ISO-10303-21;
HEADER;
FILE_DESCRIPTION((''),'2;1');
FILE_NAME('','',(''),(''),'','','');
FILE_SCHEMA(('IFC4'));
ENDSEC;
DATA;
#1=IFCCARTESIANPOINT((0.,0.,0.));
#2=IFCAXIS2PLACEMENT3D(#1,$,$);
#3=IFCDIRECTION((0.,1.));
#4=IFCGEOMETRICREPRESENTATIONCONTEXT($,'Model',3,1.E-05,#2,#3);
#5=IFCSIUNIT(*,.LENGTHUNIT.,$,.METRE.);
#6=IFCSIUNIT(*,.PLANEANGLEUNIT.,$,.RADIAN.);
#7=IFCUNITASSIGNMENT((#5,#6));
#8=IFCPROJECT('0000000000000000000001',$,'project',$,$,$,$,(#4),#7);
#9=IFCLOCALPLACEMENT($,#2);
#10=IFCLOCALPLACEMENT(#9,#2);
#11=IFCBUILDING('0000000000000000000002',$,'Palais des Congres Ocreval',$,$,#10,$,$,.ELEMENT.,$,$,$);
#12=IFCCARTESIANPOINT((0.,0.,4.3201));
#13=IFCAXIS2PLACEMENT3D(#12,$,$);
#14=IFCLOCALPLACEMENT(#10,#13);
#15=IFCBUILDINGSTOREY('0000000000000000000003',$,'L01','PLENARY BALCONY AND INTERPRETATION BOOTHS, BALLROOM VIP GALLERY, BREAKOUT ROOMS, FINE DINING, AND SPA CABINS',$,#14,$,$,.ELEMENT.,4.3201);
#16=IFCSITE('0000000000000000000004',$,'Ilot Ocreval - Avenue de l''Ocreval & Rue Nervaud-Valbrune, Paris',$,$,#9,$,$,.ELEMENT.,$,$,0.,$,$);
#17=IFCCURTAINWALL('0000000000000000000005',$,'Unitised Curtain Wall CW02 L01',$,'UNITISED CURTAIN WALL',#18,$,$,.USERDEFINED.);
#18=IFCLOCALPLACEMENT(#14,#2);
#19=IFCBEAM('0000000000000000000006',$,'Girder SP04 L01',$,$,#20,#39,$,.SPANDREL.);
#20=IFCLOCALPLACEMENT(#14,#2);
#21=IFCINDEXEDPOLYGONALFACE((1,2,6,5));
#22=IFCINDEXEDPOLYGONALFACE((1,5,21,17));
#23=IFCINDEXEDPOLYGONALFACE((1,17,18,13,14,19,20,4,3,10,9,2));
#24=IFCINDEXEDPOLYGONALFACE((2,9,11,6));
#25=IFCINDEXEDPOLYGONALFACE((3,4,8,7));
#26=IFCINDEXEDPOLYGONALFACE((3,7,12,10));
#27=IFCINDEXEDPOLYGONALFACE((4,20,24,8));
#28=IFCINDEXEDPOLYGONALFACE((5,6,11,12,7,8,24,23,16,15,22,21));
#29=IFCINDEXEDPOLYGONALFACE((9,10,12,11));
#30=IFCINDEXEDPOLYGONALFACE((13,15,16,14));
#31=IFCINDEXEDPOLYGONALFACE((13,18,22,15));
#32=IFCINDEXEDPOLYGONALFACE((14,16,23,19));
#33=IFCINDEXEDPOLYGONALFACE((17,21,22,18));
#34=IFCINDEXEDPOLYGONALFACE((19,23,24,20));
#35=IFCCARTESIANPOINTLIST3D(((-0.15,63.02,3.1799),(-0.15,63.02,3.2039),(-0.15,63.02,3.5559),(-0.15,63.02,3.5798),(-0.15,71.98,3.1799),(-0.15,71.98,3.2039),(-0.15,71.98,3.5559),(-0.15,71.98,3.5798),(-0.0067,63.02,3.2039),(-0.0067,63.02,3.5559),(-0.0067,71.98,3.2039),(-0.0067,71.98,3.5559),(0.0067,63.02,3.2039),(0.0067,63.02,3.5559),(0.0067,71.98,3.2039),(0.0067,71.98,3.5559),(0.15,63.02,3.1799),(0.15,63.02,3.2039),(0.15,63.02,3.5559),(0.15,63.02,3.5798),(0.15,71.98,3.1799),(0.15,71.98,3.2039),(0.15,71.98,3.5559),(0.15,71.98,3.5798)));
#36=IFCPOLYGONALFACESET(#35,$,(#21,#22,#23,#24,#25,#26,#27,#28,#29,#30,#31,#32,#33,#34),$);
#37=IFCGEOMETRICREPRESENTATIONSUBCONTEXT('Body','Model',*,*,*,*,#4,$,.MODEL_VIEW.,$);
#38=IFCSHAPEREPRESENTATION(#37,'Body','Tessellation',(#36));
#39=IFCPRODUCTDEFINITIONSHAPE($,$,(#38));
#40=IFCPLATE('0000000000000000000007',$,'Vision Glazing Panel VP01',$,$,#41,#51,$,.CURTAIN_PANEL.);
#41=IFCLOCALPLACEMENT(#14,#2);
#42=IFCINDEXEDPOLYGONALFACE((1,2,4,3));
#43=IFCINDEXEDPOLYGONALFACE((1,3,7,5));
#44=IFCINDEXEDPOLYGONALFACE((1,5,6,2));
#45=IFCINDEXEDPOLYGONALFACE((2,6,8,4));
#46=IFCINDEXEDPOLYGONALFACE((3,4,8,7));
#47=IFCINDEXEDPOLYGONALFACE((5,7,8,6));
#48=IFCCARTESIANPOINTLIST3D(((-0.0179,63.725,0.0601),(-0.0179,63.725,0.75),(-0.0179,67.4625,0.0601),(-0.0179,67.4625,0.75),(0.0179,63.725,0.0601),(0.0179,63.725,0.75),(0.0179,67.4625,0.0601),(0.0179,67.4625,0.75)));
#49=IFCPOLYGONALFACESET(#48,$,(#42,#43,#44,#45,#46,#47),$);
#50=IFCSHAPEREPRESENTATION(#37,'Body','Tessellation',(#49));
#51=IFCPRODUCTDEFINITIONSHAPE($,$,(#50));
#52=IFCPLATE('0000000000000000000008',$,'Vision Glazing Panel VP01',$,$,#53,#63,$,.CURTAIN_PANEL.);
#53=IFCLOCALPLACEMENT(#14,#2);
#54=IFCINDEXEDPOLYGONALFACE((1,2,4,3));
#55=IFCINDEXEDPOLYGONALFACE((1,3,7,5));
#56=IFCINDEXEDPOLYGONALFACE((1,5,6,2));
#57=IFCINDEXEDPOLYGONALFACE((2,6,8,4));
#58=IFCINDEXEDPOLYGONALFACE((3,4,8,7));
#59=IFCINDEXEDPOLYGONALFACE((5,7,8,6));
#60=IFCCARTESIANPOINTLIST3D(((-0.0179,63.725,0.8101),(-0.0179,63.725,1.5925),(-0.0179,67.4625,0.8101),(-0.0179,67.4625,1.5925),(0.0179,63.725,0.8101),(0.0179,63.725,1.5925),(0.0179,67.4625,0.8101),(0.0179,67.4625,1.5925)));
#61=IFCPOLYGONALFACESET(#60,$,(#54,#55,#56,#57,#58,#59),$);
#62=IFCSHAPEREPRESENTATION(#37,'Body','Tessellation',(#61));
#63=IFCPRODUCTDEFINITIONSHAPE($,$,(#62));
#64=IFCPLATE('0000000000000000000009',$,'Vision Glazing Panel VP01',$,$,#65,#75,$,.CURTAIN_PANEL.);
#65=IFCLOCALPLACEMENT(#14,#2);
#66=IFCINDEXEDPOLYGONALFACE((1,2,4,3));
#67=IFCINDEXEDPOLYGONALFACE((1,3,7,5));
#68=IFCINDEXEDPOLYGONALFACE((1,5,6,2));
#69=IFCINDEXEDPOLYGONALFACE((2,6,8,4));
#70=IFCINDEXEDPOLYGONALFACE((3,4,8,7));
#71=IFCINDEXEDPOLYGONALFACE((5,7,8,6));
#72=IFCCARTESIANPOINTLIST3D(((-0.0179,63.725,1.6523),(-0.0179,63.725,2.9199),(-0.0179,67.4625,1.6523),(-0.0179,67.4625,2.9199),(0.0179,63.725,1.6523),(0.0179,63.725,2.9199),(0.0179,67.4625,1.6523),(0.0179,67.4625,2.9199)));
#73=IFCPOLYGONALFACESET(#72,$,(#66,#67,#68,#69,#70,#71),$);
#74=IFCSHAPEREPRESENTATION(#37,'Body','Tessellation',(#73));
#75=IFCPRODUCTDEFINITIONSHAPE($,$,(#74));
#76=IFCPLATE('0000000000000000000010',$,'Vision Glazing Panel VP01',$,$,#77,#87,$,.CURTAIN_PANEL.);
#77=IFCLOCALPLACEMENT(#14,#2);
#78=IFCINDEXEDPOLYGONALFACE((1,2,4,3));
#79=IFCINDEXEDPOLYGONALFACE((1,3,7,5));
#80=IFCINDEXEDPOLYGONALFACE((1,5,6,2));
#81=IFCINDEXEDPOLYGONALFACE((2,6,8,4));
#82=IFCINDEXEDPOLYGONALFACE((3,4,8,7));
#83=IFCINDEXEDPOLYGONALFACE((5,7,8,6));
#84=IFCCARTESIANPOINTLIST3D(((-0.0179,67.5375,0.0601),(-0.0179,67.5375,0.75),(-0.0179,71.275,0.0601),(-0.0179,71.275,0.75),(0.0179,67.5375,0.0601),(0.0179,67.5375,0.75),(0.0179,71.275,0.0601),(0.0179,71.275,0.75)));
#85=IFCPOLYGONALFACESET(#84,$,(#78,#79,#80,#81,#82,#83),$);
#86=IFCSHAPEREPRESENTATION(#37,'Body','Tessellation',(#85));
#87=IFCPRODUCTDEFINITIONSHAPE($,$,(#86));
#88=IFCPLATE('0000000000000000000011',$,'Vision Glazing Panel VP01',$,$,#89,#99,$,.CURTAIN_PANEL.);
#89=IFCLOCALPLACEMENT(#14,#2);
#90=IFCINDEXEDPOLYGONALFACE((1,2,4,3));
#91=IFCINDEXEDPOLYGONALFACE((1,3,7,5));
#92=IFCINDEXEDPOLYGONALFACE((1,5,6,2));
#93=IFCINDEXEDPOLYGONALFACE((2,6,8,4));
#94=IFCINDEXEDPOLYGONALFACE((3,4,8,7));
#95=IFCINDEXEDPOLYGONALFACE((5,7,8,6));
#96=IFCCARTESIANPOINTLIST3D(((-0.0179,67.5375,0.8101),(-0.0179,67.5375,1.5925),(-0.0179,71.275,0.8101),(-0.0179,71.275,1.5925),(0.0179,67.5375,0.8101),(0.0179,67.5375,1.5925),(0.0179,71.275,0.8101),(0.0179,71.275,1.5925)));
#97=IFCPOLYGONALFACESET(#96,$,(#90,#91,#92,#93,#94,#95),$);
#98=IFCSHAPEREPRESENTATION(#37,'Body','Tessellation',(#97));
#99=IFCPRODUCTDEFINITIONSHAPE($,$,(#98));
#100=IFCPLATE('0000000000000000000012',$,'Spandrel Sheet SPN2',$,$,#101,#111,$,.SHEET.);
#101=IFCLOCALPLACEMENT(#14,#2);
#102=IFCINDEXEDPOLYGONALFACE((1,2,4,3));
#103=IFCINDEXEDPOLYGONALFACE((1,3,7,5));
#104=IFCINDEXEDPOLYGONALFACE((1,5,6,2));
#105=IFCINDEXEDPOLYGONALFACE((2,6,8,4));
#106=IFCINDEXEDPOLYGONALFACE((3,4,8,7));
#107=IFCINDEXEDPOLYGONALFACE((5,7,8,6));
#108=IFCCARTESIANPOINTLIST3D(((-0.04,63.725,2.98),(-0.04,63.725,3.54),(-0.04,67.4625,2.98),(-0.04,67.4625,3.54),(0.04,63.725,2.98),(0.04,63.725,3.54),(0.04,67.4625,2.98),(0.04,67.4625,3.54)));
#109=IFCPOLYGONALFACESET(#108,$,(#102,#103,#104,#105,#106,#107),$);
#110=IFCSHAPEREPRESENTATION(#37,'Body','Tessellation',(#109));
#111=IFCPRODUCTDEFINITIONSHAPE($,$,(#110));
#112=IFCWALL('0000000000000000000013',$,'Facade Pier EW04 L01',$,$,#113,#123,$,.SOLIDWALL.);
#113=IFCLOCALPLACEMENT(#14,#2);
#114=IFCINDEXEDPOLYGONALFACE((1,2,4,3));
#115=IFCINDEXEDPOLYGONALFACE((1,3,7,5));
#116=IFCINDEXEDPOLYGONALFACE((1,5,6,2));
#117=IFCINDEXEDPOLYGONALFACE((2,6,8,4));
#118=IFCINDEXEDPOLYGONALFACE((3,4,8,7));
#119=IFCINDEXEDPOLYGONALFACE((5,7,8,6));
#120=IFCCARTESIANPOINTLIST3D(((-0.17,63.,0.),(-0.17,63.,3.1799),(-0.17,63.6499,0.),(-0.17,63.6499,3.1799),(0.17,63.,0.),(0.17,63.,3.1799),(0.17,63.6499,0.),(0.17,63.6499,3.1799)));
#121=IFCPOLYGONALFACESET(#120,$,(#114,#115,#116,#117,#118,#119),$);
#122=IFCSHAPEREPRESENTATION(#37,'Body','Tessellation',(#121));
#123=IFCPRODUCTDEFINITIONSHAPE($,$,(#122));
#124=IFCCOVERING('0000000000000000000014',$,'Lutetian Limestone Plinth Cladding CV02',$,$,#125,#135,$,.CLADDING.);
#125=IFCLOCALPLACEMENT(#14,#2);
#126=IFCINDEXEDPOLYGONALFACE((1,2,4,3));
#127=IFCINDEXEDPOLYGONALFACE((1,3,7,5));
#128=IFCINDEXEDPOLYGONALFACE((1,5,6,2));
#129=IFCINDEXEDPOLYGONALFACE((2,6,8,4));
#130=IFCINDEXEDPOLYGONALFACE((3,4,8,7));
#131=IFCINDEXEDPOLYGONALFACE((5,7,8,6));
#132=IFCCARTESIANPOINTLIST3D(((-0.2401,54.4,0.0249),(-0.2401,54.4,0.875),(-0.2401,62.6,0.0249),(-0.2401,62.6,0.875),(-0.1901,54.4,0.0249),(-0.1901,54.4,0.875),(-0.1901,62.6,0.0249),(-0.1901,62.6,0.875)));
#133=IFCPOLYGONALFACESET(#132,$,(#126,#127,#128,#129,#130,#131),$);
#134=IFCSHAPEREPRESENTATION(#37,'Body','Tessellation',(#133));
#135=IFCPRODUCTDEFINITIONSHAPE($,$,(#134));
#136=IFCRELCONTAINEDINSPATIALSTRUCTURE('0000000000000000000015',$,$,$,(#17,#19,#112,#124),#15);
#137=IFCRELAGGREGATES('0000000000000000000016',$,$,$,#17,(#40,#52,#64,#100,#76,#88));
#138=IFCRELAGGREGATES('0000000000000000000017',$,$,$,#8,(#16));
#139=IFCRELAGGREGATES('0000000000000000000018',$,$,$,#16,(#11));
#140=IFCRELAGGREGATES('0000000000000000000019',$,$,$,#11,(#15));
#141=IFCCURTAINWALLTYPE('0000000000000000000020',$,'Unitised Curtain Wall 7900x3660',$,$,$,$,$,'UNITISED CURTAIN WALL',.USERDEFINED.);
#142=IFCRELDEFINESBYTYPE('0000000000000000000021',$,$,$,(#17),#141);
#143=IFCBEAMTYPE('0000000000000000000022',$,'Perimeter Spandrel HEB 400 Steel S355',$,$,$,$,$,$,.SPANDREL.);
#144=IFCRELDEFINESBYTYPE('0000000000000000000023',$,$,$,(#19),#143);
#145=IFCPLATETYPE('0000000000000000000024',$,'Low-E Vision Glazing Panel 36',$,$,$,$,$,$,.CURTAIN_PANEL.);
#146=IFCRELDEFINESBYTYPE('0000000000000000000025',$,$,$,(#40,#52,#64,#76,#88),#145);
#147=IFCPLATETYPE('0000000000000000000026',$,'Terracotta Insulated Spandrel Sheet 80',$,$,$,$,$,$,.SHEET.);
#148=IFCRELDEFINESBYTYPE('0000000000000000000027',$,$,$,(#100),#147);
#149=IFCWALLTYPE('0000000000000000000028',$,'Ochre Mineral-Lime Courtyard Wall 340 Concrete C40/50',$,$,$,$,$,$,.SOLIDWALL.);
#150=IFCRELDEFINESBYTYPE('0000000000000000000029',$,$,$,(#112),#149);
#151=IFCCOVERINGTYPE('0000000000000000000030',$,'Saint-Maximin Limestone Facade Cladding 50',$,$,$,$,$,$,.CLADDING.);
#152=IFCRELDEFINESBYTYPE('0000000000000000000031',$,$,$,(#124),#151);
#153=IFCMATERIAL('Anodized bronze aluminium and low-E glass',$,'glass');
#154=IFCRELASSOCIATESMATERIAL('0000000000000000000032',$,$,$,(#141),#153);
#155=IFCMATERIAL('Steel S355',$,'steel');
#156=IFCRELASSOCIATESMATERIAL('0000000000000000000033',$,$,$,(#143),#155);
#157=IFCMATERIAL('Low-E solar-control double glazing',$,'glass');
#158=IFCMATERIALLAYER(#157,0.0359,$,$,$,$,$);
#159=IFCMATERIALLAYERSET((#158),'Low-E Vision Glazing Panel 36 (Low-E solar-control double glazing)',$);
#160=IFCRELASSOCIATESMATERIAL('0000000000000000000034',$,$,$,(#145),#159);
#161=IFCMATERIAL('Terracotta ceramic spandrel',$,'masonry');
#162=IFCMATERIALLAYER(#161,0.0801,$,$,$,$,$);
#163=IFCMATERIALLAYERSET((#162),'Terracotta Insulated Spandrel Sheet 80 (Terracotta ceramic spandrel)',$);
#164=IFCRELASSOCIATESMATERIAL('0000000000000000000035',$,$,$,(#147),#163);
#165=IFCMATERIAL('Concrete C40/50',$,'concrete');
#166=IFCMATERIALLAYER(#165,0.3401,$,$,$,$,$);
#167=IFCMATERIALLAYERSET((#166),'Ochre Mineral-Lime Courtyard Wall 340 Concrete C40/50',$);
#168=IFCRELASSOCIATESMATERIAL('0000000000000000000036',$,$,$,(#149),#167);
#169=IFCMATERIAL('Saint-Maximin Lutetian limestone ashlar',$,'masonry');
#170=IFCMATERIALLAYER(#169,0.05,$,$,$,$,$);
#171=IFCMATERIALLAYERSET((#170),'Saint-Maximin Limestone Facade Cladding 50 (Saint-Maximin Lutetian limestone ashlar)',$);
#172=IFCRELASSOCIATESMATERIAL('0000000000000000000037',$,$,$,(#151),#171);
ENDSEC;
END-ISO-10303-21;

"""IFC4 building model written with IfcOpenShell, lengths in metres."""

from ifc_helpers import new_model, si_unit, direction, frame, frame_2d, origin, origin_2d, place, context, subcontext, project, spatial, rectangle, i_section, extrude, material, layer, layer_set, material_profile, profile_set, type_object, element, aggregate, save


model = new_model("IFC4")

# Units and contexts
model_context = context("Model", 3, precision=1e-05, world=origin(), true_north=direction((0.0, 1.0)))
body_context = subcontext(model_context, "Body", "Model", "MODEL_VIEW")
ifc_project = project(units=[si_unit("LENGTHUNIT", "METRE"), si_unit("PLANEANGLEUNIT", "RADIAN")], contexts=[model_context])

# Site, building, storey
site_placement = place(None, origin())
site = spatial("IfcSite", under=ifc_project, at=site_placement, Name="Ilot Ocreval - Avenue de l'Ocreval & Rue Nervaud-Valbrune, Paris", CompositionType="ELEMENT", RefElevation=0.0)
building_placement = place(site_placement, origin())
building = spatial("IfcBuilding", under=site, at=building_placement, Name="Palais des Congres Ocreval", CompositionType="ELEMENT")
storey_placement = place(building_placement, frame((0.0, 0.0, 4.3201)))
storey = spatial("IfcBuildingStorey", under=building, at=storey_placement, Name="L01", Description="PLENARY BALCONY AND INTERPRETATION BOOTHS, BALLROOM VIP GALLERY, BREAKOUT ROOMS, FINE DINING, AND SPA CABINS", CompositionType="ELEMENT", Elevation=4.3201)

# Curtain wall
ifc_material_1 = material(Name="Anodized bronze aluminium and low-E glass", Category="glass")
curtain_wall_type = type_object("IfcCurtainWallType", Name="Unitised Curtain Wall 7900x3660", ElementType="UNITISED CURTAIN WALL", PredefinedType="USERDEFINED", material=ifc_material_1)
curtain_wall_placement = place(storey_placement, origin())
curtain_wall = element("IfcCurtainWall", 1, at=curtain_wall_placement, inside=storey, type_object=curtain_wall_type, Name="Unitised Curtain Wall CW02 L01", ObjectType="UNITISED CURTAIN WALL", PredefinedType="USERDEFINED")

# Beam
ifc_material_2 = material(Name="Steel S355", Category="steel")
ifc_material_profile_1 = material_profile(ifc_material_2, i_section(OverallWidth=0.3, OverallDepth=0.3999, WebThickness=0.0134, FlangeThickness=0.0239, at=origin_2d()), Name="HEB 400")
ifc_profile_set_1 = profile_set([ifc_material_profile_1], Name="Steel S355")
beam_type = type_object("IfcBeamType", Name="Perimeter Spandrel HEB 400 Steel S355", PredefinedType="SPANDREL", material=ifc_profile_set_1)
beam_placement = place(storey_placement, frame((0.0, 63.02, 3.3799), z_axis=(0.0, 1.0, 0.0), x_axis=(-1.0, 0.0, 0.0)))
element("IfcBeam", 2, at=beam_placement, inside=storey, type_object=beam_type, Name="Girder SP04 L01", PredefinedType="SPANDREL", context=body_context, shape_type="SweptSolid", body=[
    extrude(i_section(OverallWidth=0.3, OverallDepth=0.3999, WebThickness=0.0134, FlangeThickness=0.0239, at=origin_2d()), origin(), (0.0, 0.0, 1.0), 8.96),
])

# Plates
ifc_material_3 = material(Name="Low-E solar-control double glazing", Category="glass")
ifc_layer_1 = layer(ifc_material_3, 0.0359)
ifc_layer_set_1 = layer_set([ifc_layer_1], Name="Low-E Vision Glazing Panel 36 (Low-E solar-control double glazing)")
plate_type_1 = type_object("IfcPlateType", Name="Low-E Vision Glazing Panel 36", PredefinedType="CURTAIN_PANEL", material=ifc_layer_set_1)
plate_1_placement = place(storey_placement, frame((0.0, 65.5938, 0.0601), z_axis=(0.0, 0.0, 1.0), x_axis=(0.0, 1.0, 0.0)))
plate_1 = element("IfcPlate", 3, at=plate_1_placement, type_object=plate_type_1, Name="Vision Glazing Panel VP01", PredefinedType="CURTAIN_PANEL", context=body_context, shape_type="SweptSolid", body=[
    extrude(rectangle(XDim=3.7375, YDim=0.0359, at=origin_2d()), origin(), (0.0, 0.0, 1.0), 0.6899),
])
plate_2_placement = place(storey_placement, frame((0.0, 65.5938, 0.8101), z_axis=(0.0, 0.0, 1.0), x_axis=(0.0, 1.0, 0.0)))
plate_2 = element("IfcPlate", 4, at=plate_2_placement, type_object=plate_type_1, Name="Vision Glazing Panel VP01", PredefinedType="CURTAIN_PANEL", context=body_context, shape_type="SweptSolid", body=[
    extrude(rectangle(XDim=3.7375, YDim=0.0359, at=origin_2d()), origin(), (0.0, 0.0, 1.0), 0.7825),
])
plate_3_placement = place(storey_placement, frame((0.0, 65.5938, 1.6523), z_axis=(0.0, 0.0, 1.0), x_axis=(0.0, 1.0, 0.0)))
plate_3 = element("IfcPlate", 5, at=plate_3_placement, type_object=plate_type_1, Name="Vision Glazing Panel VP01", PredefinedType="CURTAIN_PANEL", context=body_context, shape_type="SweptSolid", body=[
    extrude(rectangle(XDim=3.7375, YDim=0.0359, at=origin_2d()), origin(), (0.0, 0.0, 1.0), 1.2676),
])
plate_4_placement = place(storey_placement, frame((0.0, 69.4062, 0.0601), z_axis=(0.0, 0.0, 1.0), x_axis=(0.0, 1.0, 0.0)))
plate_4 = element("IfcPlate", 6, at=plate_4_placement, type_object=plate_type_1, Name="Vision Glazing Panel VP01", PredefinedType="CURTAIN_PANEL", context=body_context, shape_type="SweptSolid", body=[
    extrude(rectangle(XDim=3.7375, YDim=0.0359, at=origin_2d()), origin(), (0.0, 0.0, 1.0), 0.6899),
])
plate_5_placement = place(storey_placement, frame((0.0, 69.4062, 0.8101), z_axis=(0.0, 0.0, 1.0), x_axis=(0.0, 1.0, 0.0)))
plate_5 = element("IfcPlate", 7, at=plate_5_placement, type_object=plate_type_1, Name="Vision Glazing Panel VP01", PredefinedType="CURTAIN_PANEL", context=body_context, shape_type="SweptSolid", body=[
    extrude(rectangle(XDim=3.7375, YDim=0.0359, at=origin_2d()), origin(), (0.0, 0.0, 1.0), 0.7825),
])
ifc_material_4 = material(Name="Terracotta ceramic spandrel", Category="masonry")
ifc_layer_2 = layer(ifc_material_4, 0.0801)
ifc_layer_set_2 = layer_set([ifc_layer_2], Name="Terracotta Insulated Spandrel Sheet 80 (Terracotta ceramic spandrel)")
plate_type_2 = type_object("IfcPlateType", Name="Terracotta Insulated Spandrel Sheet 80", PredefinedType="SHEET", material=ifc_layer_set_2)
plate_6_placement = place(storey_placement, frame((0.0, 65.5938, 2.98), z_axis=(0.0, 0.0, 1.0), x_axis=(0.0, 1.0, 0.0)))
plate_6 = element("IfcPlate", 8, at=plate_6_placement, type_object=plate_type_2, Name="Spandrel Sheet SPN2", PredefinedType="SHEET", context=body_context, shape_type="SweptSolid", body=[
    extrude(rectangle(XDim=3.7375, YDim=0.0801, at=origin_2d()), origin(), (0.0, 0.0, 1.0), 0.5601),
])
aggregate(curtain_wall, [plate_1, plate_2, plate_3, plate_6, plate_4, plate_5])

# Wall
ifc_material_5 = material(Name="Concrete C40/50", Category="concrete")
ifc_layer_3 = layer(ifc_material_5, 0.3401)
ifc_layer_set_3 = layer_set([ifc_layer_3], Name="Ochre Mineral-Lime Courtyard Wall 340 Concrete C40/50")
wall_type = type_object("IfcWallType", Name="Ochre Mineral-Lime Courtyard Wall 340 Concrete C40/50", PredefinedType="SOLIDWALL", material=ifc_layer_set_3)
wall_placement = place(storey_placement, frame((0.0, 63.0, 0.0), z_axis=(0.0, 0.0, 1.0), x_axis=(0.0, 1.0, 0.0)))
element("IfcWall", 9, at=wall_placement, inside=storey, type_object=wall_type, Name="Facade Pier EW04 L01", PredefinedType="SOLIDWALL", context=body_context, shape_type="SweptSolid", body=[
    extrude(rectangle(XDim=0.6499, YDim=0.3401, at=frame_2d((0.325, 0.0))), origin(), (0.0, 0.0, 1.0), 3.1799),
])

# Covering
ifc_material_6 = material(Name="Saint-Maximin Lutetian limestone ashlar", Category="masonry")
ifc_layer_4 = layer(ifc_material_6, 0.05)
ifc_layer_set_4 = layer_set([ifc_layer_4], Name="Saint-Maximin Limestone Facade Cladding 50 (Saint-Maximin Lutetian limestone ashlar)")
covering_type = type_object("IfcCoveringType", Name="Saint-Maximin Limestone Facade Cladding 50", PredefinedType="CLADDING", material=ifc_layer_set_4)
covering_placement = place(storey_placement, frame((-0.2151, 58.5, 0.0249), z_axis=(0.0, 0.0, 1.0), x_axis=(0.0, 1.0, 0.0)))
element("IfcCovering", 10, at=covering_placement, inside=storey, type_object=covering_type, Name="Lutetian Limestone Plinth Cladding CV02", PredefinedType="CLADDING", context=body_context, shape_type="SweptSolid", body=[
    extrude(rectangle(XDim=8.2, YDim=0.05, at=origin_2d()), origin(), (0.0, 0.0, 1.0), 0.8501),
])

save(model, "model.ifc")
